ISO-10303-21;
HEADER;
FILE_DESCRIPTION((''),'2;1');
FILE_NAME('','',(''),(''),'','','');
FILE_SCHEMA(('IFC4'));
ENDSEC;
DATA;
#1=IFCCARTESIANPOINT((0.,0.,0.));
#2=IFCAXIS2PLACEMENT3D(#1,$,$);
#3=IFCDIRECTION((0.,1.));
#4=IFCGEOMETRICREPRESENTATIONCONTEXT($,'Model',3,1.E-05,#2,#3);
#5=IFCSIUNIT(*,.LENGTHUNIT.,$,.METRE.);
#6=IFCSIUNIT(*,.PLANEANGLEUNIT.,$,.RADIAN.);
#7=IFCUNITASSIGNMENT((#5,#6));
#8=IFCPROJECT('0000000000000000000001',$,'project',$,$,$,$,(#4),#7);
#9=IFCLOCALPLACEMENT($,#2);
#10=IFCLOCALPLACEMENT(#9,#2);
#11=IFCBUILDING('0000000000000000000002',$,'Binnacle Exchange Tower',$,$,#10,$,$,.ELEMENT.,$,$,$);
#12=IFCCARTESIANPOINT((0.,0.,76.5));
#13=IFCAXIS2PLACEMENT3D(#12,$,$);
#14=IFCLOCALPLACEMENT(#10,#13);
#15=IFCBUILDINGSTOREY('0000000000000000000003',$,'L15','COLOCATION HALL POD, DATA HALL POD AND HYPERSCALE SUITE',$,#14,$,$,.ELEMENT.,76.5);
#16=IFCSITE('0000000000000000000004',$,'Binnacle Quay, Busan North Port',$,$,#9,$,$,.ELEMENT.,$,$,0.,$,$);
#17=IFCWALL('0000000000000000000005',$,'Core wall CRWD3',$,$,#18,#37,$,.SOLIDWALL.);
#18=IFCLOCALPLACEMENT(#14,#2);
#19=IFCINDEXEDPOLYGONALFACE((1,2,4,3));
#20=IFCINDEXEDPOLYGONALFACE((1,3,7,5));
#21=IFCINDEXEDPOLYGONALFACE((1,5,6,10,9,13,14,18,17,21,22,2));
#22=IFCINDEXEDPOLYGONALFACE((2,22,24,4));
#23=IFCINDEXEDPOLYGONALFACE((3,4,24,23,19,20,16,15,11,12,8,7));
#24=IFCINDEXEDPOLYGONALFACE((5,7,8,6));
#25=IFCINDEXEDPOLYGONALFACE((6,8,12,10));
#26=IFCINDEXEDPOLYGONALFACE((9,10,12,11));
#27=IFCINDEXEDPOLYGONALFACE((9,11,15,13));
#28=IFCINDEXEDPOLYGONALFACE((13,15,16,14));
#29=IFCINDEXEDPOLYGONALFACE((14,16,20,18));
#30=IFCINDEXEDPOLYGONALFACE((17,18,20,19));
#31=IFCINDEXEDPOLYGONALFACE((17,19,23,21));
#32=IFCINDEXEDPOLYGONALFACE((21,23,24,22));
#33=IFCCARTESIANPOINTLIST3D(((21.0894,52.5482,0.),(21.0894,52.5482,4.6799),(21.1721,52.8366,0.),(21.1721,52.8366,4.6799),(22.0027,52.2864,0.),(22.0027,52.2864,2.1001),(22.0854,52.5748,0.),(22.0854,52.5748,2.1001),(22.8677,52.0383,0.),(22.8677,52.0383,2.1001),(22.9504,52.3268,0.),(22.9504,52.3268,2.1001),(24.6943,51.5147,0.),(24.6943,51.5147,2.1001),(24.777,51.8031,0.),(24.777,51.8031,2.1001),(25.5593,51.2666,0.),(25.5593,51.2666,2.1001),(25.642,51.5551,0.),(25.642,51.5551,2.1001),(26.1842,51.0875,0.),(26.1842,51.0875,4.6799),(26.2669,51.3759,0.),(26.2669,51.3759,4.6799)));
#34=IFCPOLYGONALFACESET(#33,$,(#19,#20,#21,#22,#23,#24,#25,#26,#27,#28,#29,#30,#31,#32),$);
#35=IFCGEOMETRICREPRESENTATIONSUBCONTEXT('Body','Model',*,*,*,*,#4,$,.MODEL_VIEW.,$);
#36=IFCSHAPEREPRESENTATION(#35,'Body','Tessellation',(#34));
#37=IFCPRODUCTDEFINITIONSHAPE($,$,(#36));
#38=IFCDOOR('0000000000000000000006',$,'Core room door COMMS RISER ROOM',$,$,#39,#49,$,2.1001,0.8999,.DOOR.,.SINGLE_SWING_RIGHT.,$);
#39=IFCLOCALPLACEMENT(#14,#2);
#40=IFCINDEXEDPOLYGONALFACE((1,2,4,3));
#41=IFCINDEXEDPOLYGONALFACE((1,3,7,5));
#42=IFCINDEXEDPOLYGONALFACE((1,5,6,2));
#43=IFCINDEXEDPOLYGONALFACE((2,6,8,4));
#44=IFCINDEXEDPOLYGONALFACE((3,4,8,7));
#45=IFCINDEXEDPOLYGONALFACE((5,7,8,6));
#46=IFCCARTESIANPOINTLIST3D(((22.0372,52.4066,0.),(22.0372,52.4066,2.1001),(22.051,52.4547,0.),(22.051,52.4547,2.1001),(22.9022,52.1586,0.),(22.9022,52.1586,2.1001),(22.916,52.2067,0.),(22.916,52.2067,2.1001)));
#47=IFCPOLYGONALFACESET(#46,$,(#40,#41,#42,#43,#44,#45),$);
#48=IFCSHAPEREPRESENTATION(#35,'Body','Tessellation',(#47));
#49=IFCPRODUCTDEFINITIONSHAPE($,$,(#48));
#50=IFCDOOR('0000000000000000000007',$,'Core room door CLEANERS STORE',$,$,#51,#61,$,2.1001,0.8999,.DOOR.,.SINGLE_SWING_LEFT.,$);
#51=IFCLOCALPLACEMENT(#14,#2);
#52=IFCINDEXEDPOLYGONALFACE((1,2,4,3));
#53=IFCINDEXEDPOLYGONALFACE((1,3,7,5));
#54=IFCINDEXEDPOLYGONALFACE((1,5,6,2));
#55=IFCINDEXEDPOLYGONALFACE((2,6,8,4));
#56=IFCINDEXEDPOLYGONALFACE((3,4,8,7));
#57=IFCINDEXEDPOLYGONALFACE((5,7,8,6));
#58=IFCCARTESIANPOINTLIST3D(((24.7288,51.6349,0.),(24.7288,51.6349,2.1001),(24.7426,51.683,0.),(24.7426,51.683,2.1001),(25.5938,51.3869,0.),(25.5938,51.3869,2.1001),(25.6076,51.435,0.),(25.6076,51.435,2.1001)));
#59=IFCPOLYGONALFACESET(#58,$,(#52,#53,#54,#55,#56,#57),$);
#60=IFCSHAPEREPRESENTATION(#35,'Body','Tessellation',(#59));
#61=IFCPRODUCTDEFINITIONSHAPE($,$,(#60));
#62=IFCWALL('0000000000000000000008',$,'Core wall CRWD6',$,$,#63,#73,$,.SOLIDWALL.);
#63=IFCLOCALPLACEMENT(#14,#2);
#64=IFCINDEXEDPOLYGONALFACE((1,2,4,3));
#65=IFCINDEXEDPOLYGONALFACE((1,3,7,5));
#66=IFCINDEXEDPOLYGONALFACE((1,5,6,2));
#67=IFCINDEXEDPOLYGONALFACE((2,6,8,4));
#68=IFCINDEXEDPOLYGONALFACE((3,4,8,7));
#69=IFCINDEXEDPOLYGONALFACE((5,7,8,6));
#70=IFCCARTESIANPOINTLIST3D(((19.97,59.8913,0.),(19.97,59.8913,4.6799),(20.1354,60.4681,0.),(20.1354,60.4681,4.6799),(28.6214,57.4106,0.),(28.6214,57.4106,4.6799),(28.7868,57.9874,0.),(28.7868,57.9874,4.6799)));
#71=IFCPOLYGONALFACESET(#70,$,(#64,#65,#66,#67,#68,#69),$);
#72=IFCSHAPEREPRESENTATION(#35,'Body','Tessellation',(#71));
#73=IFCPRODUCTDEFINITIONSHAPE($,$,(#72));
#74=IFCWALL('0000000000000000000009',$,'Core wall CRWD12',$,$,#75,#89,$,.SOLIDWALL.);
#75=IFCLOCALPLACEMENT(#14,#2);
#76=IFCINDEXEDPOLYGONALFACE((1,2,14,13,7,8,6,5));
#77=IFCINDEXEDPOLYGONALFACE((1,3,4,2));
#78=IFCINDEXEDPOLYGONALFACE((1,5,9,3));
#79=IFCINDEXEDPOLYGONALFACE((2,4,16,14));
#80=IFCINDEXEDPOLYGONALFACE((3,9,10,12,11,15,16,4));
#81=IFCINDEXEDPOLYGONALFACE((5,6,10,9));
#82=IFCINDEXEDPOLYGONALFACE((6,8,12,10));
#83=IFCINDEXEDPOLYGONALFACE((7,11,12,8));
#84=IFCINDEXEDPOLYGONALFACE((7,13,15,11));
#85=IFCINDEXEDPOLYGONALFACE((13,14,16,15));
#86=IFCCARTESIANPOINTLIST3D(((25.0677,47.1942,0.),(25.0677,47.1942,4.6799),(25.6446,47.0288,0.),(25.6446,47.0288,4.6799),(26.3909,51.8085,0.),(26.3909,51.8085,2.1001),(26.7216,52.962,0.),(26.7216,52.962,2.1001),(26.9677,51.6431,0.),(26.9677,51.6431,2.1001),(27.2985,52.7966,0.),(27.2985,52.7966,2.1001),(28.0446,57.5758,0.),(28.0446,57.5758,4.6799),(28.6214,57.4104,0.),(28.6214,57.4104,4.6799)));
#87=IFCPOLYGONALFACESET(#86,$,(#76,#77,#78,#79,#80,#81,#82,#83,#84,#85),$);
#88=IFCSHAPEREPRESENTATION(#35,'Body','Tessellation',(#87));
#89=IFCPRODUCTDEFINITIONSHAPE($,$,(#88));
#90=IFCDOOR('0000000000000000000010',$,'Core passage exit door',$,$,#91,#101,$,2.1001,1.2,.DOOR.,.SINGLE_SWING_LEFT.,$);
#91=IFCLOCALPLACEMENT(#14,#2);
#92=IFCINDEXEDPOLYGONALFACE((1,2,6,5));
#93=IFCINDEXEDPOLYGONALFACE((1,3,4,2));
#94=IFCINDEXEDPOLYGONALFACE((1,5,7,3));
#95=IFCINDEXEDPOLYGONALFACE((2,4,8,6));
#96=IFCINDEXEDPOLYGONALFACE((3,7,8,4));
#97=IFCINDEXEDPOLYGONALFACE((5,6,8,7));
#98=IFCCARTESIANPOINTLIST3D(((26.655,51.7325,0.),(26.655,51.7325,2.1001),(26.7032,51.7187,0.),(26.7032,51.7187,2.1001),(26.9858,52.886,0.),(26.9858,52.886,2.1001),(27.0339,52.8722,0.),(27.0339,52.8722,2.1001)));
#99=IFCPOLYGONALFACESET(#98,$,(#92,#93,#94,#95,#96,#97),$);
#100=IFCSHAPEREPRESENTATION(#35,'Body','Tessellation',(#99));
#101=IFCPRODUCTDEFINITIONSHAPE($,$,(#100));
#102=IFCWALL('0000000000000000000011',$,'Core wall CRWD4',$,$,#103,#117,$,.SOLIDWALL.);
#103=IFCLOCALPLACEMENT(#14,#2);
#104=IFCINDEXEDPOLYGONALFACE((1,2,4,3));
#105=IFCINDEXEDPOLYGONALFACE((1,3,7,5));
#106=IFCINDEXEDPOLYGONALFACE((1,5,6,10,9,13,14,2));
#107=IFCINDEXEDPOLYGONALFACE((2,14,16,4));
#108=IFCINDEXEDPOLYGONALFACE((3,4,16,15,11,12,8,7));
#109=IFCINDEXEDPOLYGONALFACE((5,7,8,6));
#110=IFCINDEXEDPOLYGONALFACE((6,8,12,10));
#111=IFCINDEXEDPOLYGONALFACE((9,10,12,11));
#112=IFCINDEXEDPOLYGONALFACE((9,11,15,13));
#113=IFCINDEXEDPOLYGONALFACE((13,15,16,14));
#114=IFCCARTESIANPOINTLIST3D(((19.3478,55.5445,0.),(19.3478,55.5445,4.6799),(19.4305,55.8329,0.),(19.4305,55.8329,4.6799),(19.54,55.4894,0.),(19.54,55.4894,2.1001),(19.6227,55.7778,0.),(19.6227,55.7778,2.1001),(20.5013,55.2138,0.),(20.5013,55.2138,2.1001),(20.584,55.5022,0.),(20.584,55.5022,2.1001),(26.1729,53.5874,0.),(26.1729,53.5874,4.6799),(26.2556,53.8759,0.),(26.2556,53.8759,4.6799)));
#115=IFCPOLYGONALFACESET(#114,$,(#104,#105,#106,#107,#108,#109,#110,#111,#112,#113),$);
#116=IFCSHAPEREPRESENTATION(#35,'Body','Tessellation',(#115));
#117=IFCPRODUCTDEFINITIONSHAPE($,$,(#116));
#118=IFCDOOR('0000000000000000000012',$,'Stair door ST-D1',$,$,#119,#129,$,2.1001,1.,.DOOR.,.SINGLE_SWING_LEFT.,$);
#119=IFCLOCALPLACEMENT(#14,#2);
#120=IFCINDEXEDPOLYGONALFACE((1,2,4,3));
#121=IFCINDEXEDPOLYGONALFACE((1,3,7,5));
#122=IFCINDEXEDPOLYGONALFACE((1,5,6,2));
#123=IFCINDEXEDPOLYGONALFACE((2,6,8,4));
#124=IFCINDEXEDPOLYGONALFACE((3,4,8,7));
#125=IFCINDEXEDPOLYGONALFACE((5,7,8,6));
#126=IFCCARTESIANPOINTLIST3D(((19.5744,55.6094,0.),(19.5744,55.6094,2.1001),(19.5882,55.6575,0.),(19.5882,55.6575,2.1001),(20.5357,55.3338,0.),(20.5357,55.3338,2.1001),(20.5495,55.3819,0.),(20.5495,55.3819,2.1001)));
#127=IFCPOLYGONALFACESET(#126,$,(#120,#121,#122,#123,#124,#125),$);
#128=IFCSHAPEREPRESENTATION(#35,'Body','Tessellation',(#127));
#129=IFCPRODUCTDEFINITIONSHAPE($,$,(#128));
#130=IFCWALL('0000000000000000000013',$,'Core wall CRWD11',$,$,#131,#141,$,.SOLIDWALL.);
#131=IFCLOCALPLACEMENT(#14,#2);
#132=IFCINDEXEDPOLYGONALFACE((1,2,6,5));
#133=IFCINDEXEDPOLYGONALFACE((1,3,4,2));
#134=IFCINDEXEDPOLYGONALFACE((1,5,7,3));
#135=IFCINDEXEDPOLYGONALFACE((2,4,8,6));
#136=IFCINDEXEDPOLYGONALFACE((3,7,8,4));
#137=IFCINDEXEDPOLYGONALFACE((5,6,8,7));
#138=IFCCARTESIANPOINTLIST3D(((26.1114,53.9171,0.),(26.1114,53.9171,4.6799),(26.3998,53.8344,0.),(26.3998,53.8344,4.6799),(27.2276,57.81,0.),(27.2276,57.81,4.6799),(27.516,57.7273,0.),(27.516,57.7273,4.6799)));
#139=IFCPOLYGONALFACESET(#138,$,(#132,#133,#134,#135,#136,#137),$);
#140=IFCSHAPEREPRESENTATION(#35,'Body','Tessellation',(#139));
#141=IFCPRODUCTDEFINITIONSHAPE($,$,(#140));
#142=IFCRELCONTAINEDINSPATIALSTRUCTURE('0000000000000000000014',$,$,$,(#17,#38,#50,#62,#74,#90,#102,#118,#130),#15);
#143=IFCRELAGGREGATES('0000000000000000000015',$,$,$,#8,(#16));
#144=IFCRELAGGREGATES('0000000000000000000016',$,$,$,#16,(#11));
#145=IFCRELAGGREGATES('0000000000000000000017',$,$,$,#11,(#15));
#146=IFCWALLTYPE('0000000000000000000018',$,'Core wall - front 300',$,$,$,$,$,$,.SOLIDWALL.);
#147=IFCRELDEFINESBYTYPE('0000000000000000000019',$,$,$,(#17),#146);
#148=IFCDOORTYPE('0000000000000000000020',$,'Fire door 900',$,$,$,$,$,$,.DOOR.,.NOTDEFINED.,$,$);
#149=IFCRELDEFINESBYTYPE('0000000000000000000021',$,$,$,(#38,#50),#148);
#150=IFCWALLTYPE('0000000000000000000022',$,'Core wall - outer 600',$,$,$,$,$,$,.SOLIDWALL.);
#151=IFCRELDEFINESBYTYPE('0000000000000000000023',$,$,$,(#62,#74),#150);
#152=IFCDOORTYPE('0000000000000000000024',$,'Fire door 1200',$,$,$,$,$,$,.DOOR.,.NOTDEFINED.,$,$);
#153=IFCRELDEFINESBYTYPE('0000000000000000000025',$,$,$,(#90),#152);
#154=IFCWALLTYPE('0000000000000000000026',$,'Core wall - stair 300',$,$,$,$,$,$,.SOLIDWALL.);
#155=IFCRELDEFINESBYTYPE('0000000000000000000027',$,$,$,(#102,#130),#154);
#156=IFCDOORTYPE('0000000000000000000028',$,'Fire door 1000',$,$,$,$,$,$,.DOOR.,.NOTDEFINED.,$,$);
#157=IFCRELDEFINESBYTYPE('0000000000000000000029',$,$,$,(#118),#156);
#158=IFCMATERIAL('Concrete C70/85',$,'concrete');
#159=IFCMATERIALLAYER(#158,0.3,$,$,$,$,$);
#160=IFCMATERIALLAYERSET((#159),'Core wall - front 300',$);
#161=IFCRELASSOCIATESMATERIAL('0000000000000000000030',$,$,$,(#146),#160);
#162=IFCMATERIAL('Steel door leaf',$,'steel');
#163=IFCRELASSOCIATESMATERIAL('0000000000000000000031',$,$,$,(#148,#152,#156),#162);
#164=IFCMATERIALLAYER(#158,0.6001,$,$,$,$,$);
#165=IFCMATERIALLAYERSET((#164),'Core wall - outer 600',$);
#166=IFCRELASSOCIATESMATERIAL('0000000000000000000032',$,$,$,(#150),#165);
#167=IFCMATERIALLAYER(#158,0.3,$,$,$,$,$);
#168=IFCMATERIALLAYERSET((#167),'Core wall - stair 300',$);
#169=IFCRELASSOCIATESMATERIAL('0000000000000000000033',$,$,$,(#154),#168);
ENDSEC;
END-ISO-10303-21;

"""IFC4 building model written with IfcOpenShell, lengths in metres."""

from ifc_helpers import new_model, si_unit, direction, frame, frame_2d, origin, place, context, subcontext, project, spatial, rectangle, extrude, material, layer, layer_set, type_object, element, fill, save


model = new_model("IFC4")

# Units and contexts
model_context = context("Model", 3, precision=1e-05, world=origin(), true_north=direction((0.0, 1.0)))
body_context = subcontext(model_context, "Body", "Model", "MODEL_VIEW")
ifc_project = project(units=[si_unit("LENGTHUNIT", "METRE"), si_unit("PLANEANGLEUNIT", "RADIAN")], contexts=[model_context])

# Site, building, storey
site_placement = place(None, origin())
site = spatial("IfcSite", under=ifc_project, at=site_placement, Name="Binnacle Quay, Busan North Port", CompositionType="ELEMENT", RefElevation=0.0)
building_placement = place(site_placement, origin())
building = spatial("IfcBuilding", under=site, at=building_placement, Name="Binnacle Exchange Tower", CompositionType="ELEMENT")
storey_placement = place(building_placement, frame((0.0, 0.0, 76.5)))
storey = spatial("IfcBuildingStorey", under=building, at=storey_placement, Name="L15", Description="COLOCATION HALL POD, DATA HALL POD AND HYPERSCALE SUITE", CompositionType="ELEMENT", Elevation=76.5)

# Shared definitions
ifc_material_1 = material(Name="Concrete C70/85", Category="concrete")

# Wall, openings, doors
ifc_layer_1 = layer(ifc_material_1, 0.3)
ifc_layer_set_1 = layer_set([ifc_layer_1], Name="Core wall - front 300")
wall_type_1 = type_object("IfcWallType", Name="Core wall - front 300", PredefinedType="SOLIDWALL", material=ifc_layer_set_1)
wall_1_placement = place(storey_placement, frame((21.1309, 52.6924, 0.0), z_axis=(0.0, 0.0, 1.0), x_axis=(0.961271, -0.275603, 0.0)))
wall_1 = element("IfcWall", 1, at=wall_1_placement, inside=storey, type_object=wall_type_1, Name="Core wall CRWD3", PredefinedType="SOLIDWALL", context=body_context, shape_type="SweptSolid", body=[
    extrude(rectangle(XDim=5.3, YDim=0.3, at=frame_2d((2.6499, 0.0))), origin(), (0.0, 0.0, 1.0), 4.6799),
])
opening_1_placement = place(wall_1_placement, frame((0.95, 0.0, 0.0)))
opening_1 = element("IfcOpeningElement", 2, at=opening_1_placement, cuts=wall_1, PredefinedType="OPENING", context=body_context, shape_type="SweptSolid", body=[
    extrude(rectangle(XDim=0.8999, YDim=2.1001, at=frame_2d((0.45, 1.05))), frame((0.0, 0.1599, 0.0), z_axis=(0.0, -1.0, 0.0), x_axis=(1.0, 0.0, 0.0)), (0.0, 0.0, 1.0), 0.3201),
])
opening_2_placement = place(wall_1_placement, frame((3.75, 0.0, 0.0)))
opening_2 = element("IfcOpeningElement", 3, at=opening_2_placement, cuts=wall_1, PredefinedType="OPENING", context=body_context, shape_type="SweptSolid", body=[
    extrude(rectangle(XDim=0.8999, YDim=2.1001, at=frame_2d((0.45, 1.05))), frame((0.0, 0.1599, 0.0), z_axis=(0.0, -1.0, 0.0), x_axis=(1.0, 0.0, 0.0)), (0.0, 0.0, 1.0), 0.3201),
])
ifc_material_2 = material(Name="Steel door leaf", Category="steel")
door_type_1 = type_object("IfcDoorType", Name="Fire door 900", OperationType="NOTDEFINED", PredefinedType="DOOR", material=ifc_material_2)
door_1_placement = place(opening_1_placement, frame((0.8999, 0.0, 0.0), z_axis=(0.0, 0.0, 1.0), x_axis=(-1.0, 0.0, 0.0)))
door_1 = element("IfcDoor", 4, at=door_1_placement, inside=storey, type_object=door_type_1, Name="Core room door COMMS RISER ROOM", OperationType="SINGLE_SWING_RIGHT", OverallHeight=2.1001, OverallWidth=0.8999, PredefinedType="DOOR", context=body_context, shape_type="SweptSolid", body=[
    extrude(rectangle(XDim=0.8999, YDim=2.1001, at=frame_2d((0.45, 1.05))), frame((0.0, 0.0249, 0.0), z_axis=(0.0, -1.0, 0.0), x_axis=(1.0, 0.0, 0.0)), (0.0, 0.0, 1.0), 0.05),
])
fill(opening_1, door_1)
door_2_placement = place(opening_2_placement, frame((0.8999, 0.0, 0.0), z_axis=(0.0, 0.0, 1.0), x_axis=(-1.0, 0.0, 0.0)))
door_2 = element("IfcDoor", 5, at=door_2_placement, inside=storey, type_object=door_type_1, Name="Core room door CLEANERS STORE", OperationType="SINGLE_SWING_LEFT", OverallHeight=2.1001, OverallWidth=0.8999, PredefinedType="DOOR", context=body_context, shape_type="SweptSolid", body=[
    extrude(rectangle(XDim=0.8999, YDim=2.1001, at=frame_2d((0.45, 1.05))), frame((0.0, 0.0249, 0.0), z_axis=(0.0, -1.0, 0.0), x_axis=(1.0, 0.0, 0.0)), (0.0, 0.0, 1.0), 0.05),
])
fill(opening_2, door_2)

# Wall
ifc_layer_2 = layer(ifc_material_1, 0.6001)
ifc_layer_set_2 = layer_set([ifc_layer_2], Name="Core wall - outer 600")
wall_type_2 = type_object("IfcWallType", Name="Core wall - outer 600", PredefinedType="SOLIDWALL", material=ifc_layer_set_2)
wall_2_placement = place(storey_placement, frame((20.0527, 60.1797, 0.0), z_axis=(0.0, 0.0, 1.0), x_axis=(0.961262, -0.275635, 0.0)))
element("IfcWall", 6, at=wall_2_placement, inside=storey, type_object=wall_type_2, Name="Core wall CRWD6", PredefinedType="SOLIDWALL", context=body_context, shape_type="SweptSolid", body=[
    extrude(rectangle(XDim=9.0, YDim=0.6001, at=frame_2d((4.5, 0.0))), origin(), (0.0, 0.0, 1.0), 4.6799),
])

# Walls, openings, doors
wall_3_placement = place(storey_placement, frame((25.3562, 47.1116, 0.0), z_axis=(0.0, 0.0, 1.0), x_axis=(0.275632, 0.961263, 0.0)))
wall_3 = element("IfcWall", 7, at=wall_3_placement, inside=storey, type_object=wall_type_2, Name="Core wall CRWD12", PredefinedType="SOLIDWALL", context=body_context, shape_type="SweptSolid", body=[
    extrude(rectangle(XDim=10.8, YDim=0.6001, at=frame_2d((5.3999, 0.0))), origin(), (0.0, 0.0, 1.0), 4.6799),
])
opening_3_placement = place(wall_3_placement, frame((4.8, 0.0, 0.0)))
opening_3 = element("IfcOpeningElement", 8, at=opening_3_placement, cuts=wall_3, PredefinedType="OPENING", context=body_context, shape_type="SweptSolid", body=[
    extrude(rectangle(XDim=1.2, YDim=2.1001, at=frame_2d((0.6001, 1.05))), frame((0.0, 0.3101, 0.0), z_axis=(0.0, -1.0, 0.0), x_axis=(1.0, 0.0, 0.0)), (0.0, 0.0, 1.0), 0.6201),
])
door_type_2 = type_object("IfcDoorType", Name="Fire door 1200", OperationType="NOTDEFINED", PredefinedType="DOOR", material=ifc_material_2)
door_3_placement = place(opening_3_placement, frame((1.2, 0.0, 0.0), z_axis=(0.0, 0.0, 1.0), x_axis=(-1.0, 0.0, 0.0)))
door_3 = element("IfcDoor", 9, at=door_3_placement, inside=storey, type_object=door_type_2, Name="Core passage exit door", OperationType="SINGLE_SWING_LEFT", OverallHeight=2.1001, OverallWidth=1.2, PredefinedType="DOOR", context=body_context, shape_type="SweptSolid", body=[
    extrude(rectangle(XDim=1.2, YDim=2.1001, at=frame_2d((0.6001, 1.05))), frame((0.0, 0.0249, 0.0), z_axis=(0.0, -1.0, 0.0), x_axis=(1.0, 0.0, 0.0)), (0.0, 0.0, 1.0), 0.05),
])
fill(opening_3, door_3)
ifc_layer_3 = layer(ifc_material_1, 0.3)
ifc_layer_set_3 = layer_set([ifc_layer_3], Name="Core wall - stair 300")
wall_type_3 = type_object("IfcWallType", Name="Core wall - stair 300", PredefinedType="SOLIDWALL", material=ifc_layer_set_3)
wall_4_placement = place(storey_placement, frame((19.3892, 55.6887, 0.0), z_axis=(0.0, 0.0, 1.0), x_axis=(0.961261, -0.275638, 0.0)))
wall_4 = element("IfcWall", 10, at=wall_4_placement, inside=storey, type_object=wall_type_3, Name="Core wall CRWD4", PredefinedType="SOLIDWALL", context=body_context, shape_type="SweptSolid", body=[
    extrude(rectangle(XDim=7.1001, YDim=0.3, at=frame_2d((3.55, 0.0))), origin(), (0.0, 0.0, 1.0), 4.6799),
])
opening_4_placement = place(wall_4_placement, frame((0.2, 0.0, 0.0)))
opening_4 = element("IfcOpeningElement", 11, at=opening_4_placement, cuts=wall_4, PredefinedType="OPENING", context=body_context, shape_type="SweptSolid", body=[
    extrude(rectangle(XDim=1.0, YDim=2.1001, at=frame_2d((0.5, 1.05))), frame((0.0, 0.1599, 0.0), z_axis=(0.0, -1.0, 0.0), x_axis=(1.0, 0.0, 0.0)), (0.0, 0.0, 1.0), 0.3201),
])
door_type_3 = type_object("IfcDoorType", Name="Fire door 1000", OperationType="NOTDEFINED", PredefinedType="DOOR", material=ifc_material_2)
door_4_placement = place(opening_4_placement, origin())
door_4 = element("IfcDoor", 12, at=door_4_placement, inside=storey, type_object=door_type_3, Name="Stair door ST-D1", OperationType="SINGLE_SWING_LEFT", OverallHeight=2.1001, OverallWidth=1.0, PredefinedType="DOOR", context=body_context, shape_type="SweptSolid", body=[
    extrude(rectangle(XDim=1.0, YDim=2.1001, at=frame_2d((0.5, 1.05))), frame((0.0, 0.0249, 0.0), z_axis=(0.0, -1.0, 0.0), x_axis=(1.0, 0.0, 0.0)), (0.0, 0.0, 1.0), 0.05),
])
fill(opening_4, door_4)

# Wall
wall_5_placement = place(storey_placement, frame((26.2556, 53.8757, 0.0), z_axis=(0.0, 0.0, 1.0), x_axis=(0.275613, 0.961269, 0.0)))
element("IfcWall", 13, at=wall_5_placement, inside=storey, type_object=wall_type_3, Name="Core wall CRWD11", PredefinedType="SOLIDWALL", context=body_context, shape_type="SweptSolid", body=[
    extrude(rectangle(XDim=4.0498, YDim=0.3, at=frame_2d((2.0249, 0.0))), origin(), (0.0, 0.0, 1.0), 4.6799),
])

save(model, "model.ifc")
